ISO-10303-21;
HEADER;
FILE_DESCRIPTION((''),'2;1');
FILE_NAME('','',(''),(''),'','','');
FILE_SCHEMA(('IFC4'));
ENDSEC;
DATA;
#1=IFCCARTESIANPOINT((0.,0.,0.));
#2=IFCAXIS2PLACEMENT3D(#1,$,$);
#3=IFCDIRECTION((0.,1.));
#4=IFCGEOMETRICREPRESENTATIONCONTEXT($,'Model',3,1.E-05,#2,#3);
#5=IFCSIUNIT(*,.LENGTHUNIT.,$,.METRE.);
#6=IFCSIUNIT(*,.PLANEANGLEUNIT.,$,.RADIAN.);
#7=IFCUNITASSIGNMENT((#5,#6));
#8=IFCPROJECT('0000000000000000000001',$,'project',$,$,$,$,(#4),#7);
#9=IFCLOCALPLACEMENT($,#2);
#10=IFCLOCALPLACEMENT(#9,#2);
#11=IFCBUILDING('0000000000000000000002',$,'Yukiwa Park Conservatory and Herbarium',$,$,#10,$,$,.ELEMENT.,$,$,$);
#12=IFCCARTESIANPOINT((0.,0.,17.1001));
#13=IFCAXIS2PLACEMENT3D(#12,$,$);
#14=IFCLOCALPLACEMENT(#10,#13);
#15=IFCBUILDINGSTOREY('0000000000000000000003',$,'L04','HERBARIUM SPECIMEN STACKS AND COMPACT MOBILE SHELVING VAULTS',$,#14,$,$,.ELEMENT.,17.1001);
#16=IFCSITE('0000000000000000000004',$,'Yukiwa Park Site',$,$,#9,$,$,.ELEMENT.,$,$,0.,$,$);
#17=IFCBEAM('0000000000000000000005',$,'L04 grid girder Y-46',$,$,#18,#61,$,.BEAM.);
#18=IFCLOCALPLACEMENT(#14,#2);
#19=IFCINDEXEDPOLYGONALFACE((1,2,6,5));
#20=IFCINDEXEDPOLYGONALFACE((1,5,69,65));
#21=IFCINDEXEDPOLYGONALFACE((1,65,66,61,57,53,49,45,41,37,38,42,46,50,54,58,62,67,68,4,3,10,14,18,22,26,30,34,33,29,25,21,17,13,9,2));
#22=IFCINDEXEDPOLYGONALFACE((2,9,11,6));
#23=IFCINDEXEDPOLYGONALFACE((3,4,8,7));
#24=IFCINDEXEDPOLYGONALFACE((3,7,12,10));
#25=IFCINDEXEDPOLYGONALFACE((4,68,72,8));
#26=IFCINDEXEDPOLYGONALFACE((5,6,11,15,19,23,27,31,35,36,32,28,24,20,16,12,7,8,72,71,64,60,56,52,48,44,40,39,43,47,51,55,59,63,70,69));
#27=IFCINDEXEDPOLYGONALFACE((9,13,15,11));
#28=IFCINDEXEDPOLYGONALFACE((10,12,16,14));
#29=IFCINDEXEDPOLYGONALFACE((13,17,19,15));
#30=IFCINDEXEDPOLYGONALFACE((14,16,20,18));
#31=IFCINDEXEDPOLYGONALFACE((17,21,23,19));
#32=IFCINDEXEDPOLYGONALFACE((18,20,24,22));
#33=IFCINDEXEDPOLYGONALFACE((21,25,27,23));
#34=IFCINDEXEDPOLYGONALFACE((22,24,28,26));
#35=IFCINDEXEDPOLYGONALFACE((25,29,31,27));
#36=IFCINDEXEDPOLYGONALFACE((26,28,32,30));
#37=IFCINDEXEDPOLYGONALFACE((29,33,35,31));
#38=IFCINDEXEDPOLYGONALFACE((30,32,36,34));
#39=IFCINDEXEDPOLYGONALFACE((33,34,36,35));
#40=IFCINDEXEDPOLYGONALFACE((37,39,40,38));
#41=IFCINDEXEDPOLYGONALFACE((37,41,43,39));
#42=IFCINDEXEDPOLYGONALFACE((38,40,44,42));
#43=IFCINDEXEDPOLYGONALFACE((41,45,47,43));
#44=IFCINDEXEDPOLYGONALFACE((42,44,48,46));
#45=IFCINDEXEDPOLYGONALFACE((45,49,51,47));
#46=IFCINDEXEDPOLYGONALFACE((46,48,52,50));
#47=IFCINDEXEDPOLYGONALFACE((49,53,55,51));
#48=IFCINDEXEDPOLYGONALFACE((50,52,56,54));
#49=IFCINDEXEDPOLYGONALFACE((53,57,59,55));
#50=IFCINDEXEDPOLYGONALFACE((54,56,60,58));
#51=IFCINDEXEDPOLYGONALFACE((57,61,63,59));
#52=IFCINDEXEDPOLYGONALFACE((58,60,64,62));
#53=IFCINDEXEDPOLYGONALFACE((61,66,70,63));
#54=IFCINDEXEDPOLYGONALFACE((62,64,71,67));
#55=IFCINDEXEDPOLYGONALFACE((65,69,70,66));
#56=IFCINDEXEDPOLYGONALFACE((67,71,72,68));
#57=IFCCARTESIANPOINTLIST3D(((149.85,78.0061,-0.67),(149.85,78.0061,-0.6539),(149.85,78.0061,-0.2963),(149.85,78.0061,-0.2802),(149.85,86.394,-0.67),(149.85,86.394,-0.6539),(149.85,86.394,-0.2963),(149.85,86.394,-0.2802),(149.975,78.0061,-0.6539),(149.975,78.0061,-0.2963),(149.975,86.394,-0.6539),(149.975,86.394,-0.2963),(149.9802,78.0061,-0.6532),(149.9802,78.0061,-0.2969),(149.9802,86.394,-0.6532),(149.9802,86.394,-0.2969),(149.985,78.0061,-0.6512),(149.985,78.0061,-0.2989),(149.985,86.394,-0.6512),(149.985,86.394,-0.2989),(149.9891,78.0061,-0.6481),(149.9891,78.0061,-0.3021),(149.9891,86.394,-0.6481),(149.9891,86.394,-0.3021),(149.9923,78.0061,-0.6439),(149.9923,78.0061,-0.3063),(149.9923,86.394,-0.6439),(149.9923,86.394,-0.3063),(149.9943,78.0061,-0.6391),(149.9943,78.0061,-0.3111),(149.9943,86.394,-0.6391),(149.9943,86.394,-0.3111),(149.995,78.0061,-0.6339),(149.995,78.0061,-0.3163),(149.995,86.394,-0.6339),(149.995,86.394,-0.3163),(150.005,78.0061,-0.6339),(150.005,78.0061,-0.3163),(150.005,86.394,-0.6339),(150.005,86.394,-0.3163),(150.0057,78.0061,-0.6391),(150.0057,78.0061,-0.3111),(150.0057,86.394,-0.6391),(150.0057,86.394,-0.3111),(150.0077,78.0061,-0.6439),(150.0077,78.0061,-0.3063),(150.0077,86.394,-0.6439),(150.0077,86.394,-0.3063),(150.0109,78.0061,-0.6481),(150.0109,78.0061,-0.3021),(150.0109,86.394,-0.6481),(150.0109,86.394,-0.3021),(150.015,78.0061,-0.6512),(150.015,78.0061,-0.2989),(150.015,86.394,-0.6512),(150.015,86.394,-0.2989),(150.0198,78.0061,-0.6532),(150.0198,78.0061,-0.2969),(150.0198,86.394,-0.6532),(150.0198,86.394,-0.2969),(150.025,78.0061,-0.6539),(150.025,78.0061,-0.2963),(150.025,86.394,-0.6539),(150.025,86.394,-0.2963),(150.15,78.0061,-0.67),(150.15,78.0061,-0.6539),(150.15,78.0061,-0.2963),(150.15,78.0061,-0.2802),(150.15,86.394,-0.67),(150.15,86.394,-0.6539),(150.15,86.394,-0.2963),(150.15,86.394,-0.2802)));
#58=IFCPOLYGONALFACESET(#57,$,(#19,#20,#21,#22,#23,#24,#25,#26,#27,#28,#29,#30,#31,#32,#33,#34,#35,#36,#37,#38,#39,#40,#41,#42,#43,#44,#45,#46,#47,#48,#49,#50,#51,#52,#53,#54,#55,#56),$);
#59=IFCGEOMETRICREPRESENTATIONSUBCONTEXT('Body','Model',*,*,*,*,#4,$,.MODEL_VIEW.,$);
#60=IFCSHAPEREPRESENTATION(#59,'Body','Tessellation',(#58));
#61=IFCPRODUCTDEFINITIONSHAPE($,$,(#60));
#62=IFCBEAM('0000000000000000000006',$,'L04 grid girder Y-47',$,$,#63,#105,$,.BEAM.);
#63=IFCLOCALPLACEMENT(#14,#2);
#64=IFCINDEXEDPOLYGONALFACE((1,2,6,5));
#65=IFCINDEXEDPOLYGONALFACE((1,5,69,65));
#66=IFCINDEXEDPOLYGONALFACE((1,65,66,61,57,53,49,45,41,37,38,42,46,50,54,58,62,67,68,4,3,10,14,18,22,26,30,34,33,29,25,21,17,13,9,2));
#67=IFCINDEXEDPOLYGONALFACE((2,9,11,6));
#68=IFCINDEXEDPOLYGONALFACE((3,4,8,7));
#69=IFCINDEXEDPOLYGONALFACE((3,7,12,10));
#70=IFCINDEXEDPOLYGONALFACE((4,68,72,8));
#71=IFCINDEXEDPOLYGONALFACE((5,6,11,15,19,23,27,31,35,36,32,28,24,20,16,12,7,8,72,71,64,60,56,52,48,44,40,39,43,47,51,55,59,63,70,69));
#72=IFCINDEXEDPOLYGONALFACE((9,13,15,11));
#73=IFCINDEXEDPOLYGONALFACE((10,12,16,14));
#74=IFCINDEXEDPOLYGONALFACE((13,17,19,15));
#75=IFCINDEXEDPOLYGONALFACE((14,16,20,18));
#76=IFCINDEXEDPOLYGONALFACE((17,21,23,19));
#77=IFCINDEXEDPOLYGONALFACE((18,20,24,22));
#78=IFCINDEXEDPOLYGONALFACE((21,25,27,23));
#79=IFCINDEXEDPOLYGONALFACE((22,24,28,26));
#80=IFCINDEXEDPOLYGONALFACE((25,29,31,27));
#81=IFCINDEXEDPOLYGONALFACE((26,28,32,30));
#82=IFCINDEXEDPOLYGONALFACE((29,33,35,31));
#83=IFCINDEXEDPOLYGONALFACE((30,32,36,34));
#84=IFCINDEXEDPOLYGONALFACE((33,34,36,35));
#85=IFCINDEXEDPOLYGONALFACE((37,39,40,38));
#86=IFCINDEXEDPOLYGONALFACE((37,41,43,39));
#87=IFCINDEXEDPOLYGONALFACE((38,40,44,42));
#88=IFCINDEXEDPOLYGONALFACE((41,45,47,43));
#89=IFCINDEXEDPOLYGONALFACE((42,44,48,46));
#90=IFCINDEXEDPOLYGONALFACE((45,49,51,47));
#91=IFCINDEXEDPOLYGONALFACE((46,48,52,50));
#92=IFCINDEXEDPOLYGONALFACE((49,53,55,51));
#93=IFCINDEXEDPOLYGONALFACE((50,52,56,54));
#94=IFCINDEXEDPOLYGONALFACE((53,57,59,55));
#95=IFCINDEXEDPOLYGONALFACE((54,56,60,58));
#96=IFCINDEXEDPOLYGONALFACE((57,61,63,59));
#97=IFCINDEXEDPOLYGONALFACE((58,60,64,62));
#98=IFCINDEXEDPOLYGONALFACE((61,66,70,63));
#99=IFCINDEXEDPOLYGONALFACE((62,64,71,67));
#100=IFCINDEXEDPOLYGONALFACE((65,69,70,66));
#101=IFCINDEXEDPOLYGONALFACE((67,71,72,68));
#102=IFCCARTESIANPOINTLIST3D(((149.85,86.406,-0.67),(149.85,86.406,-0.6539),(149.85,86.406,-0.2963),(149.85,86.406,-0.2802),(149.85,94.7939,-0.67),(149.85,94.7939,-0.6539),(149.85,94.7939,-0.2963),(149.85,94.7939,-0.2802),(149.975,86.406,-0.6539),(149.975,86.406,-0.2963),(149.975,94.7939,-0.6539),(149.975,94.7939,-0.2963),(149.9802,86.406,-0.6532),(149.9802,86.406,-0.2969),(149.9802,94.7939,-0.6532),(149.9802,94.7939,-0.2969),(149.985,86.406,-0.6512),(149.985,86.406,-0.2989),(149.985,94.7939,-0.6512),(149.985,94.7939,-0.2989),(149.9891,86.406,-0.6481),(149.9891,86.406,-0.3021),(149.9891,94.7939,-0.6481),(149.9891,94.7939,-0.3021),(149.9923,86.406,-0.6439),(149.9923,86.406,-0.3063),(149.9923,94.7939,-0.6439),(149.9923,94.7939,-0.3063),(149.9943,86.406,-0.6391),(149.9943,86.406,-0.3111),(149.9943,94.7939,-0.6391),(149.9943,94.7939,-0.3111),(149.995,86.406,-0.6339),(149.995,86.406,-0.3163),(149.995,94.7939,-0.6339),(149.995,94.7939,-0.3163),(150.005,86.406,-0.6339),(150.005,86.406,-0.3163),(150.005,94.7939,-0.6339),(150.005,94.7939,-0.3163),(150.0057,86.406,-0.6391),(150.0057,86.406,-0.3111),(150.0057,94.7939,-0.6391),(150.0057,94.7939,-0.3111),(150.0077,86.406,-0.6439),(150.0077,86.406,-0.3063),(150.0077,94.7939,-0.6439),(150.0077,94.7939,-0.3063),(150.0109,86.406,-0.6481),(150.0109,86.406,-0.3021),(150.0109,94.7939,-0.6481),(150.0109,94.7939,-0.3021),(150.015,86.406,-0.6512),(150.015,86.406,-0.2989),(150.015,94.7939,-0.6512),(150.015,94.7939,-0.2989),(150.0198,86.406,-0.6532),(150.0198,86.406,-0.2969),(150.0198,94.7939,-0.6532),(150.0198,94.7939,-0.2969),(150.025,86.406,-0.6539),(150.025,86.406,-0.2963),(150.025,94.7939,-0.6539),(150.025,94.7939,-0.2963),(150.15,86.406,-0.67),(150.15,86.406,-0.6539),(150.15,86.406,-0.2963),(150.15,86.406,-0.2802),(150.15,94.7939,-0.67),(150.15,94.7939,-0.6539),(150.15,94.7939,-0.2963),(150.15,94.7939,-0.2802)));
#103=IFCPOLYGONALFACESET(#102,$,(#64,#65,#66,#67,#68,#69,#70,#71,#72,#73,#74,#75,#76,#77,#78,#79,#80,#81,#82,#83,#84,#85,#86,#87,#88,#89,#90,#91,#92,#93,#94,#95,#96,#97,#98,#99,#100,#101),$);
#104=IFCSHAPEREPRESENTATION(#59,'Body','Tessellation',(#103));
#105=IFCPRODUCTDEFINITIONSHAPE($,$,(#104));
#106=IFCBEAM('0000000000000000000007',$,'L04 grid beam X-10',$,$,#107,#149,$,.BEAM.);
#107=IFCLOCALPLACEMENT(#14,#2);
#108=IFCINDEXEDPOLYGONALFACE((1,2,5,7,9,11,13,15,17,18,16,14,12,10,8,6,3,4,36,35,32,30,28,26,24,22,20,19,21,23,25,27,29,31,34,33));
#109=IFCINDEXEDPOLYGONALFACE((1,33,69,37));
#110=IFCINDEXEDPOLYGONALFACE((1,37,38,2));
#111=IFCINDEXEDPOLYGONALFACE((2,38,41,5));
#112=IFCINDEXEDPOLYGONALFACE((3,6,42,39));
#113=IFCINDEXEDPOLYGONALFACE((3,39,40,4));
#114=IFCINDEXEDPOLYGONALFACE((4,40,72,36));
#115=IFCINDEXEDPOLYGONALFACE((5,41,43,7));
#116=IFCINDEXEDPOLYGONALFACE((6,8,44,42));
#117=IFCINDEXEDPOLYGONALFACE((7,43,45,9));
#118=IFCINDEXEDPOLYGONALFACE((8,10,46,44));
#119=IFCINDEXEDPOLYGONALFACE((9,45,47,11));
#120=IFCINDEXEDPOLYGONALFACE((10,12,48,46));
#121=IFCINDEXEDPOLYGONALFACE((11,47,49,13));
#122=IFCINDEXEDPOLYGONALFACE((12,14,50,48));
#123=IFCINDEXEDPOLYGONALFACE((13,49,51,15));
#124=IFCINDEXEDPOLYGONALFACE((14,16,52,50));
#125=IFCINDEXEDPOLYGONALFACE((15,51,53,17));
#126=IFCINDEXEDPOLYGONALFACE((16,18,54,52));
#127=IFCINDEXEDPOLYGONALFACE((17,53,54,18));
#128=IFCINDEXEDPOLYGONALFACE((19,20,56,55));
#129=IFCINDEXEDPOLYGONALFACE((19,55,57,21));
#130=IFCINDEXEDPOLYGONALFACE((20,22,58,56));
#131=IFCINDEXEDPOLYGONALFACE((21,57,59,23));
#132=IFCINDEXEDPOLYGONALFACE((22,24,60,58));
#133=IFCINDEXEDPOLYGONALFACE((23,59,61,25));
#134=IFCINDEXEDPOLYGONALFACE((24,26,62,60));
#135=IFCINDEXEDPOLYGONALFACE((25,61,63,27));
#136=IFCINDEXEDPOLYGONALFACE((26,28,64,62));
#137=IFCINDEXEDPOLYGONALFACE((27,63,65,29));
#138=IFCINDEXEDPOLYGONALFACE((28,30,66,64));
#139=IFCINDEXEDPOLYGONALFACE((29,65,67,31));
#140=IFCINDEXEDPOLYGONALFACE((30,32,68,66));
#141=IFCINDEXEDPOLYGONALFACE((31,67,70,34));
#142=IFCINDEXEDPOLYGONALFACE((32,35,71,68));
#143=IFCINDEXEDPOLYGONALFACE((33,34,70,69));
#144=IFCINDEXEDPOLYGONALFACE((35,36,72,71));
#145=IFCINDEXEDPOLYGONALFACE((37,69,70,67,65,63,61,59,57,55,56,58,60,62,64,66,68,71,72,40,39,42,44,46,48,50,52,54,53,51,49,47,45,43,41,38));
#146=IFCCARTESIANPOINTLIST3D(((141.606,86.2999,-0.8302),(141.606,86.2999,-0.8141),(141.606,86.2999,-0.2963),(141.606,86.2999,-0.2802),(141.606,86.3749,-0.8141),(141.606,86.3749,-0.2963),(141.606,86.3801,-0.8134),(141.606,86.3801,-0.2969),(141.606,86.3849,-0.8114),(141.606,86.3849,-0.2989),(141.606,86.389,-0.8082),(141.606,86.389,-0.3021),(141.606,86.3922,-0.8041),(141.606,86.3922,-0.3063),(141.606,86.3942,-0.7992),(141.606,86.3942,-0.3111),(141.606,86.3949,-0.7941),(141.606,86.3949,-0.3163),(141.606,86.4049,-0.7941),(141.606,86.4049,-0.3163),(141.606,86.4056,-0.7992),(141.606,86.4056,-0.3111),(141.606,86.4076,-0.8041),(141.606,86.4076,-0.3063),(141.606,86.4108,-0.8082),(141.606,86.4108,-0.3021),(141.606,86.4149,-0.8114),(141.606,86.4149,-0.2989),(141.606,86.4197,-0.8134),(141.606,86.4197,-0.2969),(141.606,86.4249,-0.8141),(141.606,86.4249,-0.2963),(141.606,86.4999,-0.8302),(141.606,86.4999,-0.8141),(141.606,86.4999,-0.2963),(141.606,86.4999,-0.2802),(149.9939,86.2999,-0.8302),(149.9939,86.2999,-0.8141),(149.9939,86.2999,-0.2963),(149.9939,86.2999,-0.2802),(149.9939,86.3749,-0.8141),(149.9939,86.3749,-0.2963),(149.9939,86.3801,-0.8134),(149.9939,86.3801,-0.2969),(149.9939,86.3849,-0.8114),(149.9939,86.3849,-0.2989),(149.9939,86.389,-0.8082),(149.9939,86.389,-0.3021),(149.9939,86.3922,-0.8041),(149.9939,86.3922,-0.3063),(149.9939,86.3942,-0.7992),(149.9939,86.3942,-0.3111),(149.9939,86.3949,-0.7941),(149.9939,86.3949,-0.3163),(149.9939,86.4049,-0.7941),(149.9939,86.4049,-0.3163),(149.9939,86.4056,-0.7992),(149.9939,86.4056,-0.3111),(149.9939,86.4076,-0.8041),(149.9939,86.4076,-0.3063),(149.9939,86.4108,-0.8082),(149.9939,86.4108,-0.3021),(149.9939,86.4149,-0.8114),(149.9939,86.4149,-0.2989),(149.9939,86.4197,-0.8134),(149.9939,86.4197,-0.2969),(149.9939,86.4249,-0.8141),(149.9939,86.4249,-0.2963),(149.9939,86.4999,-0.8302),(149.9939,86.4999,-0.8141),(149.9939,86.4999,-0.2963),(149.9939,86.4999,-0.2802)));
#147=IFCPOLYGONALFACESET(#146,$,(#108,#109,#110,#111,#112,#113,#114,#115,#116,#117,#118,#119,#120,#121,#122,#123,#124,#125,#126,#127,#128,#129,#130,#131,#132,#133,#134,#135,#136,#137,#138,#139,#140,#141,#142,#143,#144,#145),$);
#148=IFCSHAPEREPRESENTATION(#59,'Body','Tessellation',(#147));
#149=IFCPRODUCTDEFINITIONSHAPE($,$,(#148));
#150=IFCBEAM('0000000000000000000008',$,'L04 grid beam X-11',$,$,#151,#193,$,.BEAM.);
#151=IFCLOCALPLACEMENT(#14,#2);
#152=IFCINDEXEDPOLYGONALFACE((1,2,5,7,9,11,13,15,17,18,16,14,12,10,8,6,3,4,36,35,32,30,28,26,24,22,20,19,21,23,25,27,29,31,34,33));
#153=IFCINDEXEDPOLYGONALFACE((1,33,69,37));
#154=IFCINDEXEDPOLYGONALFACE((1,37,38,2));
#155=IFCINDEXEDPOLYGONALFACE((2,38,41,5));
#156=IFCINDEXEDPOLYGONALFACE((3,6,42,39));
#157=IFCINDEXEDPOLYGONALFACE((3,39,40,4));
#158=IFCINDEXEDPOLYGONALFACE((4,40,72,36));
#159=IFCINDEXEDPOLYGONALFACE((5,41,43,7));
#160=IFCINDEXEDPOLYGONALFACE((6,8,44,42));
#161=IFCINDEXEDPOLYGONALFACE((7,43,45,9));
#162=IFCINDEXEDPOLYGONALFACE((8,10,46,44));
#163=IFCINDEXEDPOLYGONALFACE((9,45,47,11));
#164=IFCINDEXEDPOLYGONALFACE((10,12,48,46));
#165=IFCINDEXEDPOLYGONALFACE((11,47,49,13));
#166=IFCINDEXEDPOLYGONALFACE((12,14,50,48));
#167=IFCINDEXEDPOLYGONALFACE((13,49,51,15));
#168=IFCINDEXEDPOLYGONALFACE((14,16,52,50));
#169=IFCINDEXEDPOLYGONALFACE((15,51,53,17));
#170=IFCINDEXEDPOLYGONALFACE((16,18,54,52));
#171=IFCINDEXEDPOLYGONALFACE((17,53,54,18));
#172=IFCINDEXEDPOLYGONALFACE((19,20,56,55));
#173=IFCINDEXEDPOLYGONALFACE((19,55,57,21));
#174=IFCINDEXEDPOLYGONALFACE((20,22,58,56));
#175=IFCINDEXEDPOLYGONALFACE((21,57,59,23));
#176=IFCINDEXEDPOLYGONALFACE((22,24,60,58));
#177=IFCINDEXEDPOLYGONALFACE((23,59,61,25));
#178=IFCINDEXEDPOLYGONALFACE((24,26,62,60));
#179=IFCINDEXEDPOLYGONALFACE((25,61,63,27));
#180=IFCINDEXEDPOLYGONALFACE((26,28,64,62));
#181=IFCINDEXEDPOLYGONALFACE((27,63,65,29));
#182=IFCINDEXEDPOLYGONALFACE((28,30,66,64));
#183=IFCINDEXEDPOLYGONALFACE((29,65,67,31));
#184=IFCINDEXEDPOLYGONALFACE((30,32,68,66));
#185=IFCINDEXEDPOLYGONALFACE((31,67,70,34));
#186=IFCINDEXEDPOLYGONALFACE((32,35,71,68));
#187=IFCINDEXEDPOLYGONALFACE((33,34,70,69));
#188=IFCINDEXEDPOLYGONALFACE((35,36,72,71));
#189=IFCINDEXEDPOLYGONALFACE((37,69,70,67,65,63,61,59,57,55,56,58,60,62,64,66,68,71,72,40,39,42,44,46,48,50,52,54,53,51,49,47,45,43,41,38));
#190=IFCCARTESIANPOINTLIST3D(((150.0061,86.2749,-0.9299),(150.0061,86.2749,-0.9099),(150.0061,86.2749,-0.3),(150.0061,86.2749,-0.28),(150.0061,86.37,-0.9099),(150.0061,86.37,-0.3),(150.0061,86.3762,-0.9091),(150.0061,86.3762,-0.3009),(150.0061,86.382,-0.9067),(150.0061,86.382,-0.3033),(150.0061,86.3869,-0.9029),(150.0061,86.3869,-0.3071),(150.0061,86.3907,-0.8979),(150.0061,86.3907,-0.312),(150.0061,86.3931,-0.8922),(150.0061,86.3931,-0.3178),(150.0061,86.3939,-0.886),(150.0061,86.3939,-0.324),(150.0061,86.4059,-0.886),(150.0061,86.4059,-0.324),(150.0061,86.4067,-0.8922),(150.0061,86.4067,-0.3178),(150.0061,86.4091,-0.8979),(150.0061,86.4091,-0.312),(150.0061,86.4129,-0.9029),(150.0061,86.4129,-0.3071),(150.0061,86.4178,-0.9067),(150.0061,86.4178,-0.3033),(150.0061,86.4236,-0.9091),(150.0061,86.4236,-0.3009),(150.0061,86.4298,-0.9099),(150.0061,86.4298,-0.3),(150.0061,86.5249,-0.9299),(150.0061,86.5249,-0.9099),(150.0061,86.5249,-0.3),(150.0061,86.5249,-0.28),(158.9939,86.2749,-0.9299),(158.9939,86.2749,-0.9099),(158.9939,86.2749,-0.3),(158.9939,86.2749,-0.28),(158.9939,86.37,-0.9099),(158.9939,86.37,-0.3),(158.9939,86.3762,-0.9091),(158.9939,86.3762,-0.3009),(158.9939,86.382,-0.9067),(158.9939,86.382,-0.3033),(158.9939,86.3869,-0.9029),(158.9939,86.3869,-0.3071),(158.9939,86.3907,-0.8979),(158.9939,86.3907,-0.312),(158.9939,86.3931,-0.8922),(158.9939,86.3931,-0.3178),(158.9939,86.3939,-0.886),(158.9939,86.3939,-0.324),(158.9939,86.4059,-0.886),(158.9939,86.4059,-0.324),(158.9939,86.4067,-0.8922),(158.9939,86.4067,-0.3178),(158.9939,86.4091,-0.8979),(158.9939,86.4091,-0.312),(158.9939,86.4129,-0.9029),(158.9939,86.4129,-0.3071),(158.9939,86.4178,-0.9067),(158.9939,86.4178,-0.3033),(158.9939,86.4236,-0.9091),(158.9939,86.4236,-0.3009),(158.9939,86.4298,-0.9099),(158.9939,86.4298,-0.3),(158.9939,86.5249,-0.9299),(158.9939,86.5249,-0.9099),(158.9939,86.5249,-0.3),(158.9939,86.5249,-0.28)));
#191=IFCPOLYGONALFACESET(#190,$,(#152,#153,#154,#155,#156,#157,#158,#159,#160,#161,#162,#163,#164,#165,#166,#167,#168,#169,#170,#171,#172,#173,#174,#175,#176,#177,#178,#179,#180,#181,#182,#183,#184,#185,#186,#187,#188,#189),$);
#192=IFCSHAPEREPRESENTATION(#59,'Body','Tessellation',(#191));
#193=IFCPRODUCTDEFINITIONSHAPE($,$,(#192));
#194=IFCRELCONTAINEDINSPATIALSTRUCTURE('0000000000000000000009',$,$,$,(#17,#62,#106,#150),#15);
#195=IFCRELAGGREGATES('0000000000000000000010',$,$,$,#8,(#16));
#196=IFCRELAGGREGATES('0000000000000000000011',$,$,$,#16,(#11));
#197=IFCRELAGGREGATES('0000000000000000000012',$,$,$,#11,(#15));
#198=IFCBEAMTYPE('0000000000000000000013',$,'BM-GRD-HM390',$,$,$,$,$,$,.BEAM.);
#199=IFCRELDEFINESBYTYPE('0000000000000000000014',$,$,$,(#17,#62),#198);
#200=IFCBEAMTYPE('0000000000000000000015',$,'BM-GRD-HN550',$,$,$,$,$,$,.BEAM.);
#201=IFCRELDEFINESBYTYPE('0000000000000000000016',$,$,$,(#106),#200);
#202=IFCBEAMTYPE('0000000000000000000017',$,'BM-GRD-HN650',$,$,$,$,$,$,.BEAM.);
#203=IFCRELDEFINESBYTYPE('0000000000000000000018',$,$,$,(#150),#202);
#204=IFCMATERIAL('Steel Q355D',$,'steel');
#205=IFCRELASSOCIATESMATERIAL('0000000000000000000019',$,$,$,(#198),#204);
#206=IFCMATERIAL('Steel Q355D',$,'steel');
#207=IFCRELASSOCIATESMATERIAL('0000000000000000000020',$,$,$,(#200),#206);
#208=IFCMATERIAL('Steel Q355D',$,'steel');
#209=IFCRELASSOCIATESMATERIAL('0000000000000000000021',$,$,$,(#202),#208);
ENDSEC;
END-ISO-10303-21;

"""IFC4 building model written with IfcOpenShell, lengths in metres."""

from ifc_helpers import new_model, si_unit, direction, frame, origin, origin_2d, place, context, subcontext, project, spatial, i_section, extrude, material, material_profile, profile_set, type_object, element, save


model = new_model("IFC4")

# Units and contexts
model_context = context("Model", 3, precision=1e-05, world=origin(), true_north=direction((0.0, 1.0)))
body_context = subcontext(model_context, "Body", "Model", "MODEL_VIEW")
ifc_project = project(units=[si_unit("LENGTHUNIT", "METRE"), si_unit("PLANEANGLEUNIT", "RADIAN")], contexts=[model_context])

# Site, building, storey
site_placement = place(None, origin())
site = spatial("IfcSite", under=ifc_project, at=site_placement, Name="Yukiwa Park Site", CompositionType="ELEMENT", RefElevation=0.0)
building_placement = place(site_placement, origin())
building = spatial("IfcBuilding", under=site, at=building_placement, Name="Yukiwa Park Conservatory and Herbarium", CompositionType="ELEMENT")
storey_placement = place(building_placement, frame((0.0, 0.0, 17.1001)))
storey = spatial("IfcBuildingStorey", under=building, at=storey_placement, Name="L04", Description="HERBARIUM SPECIMEN STACKS AND COMPACT MOBILE SHELVING VAULTS", CompositionType="ELEMENT", Elevation=17.1001)

# Beams
ifc_material_1 = material(Name="Steel Q355D", Category="steel")
ifc_material_profile_1 = material_profile(ifc_material_1, i_section(OverallWidth=0.3, OverallDepth=0.3899, WebThickness=0.01, FlangeThickness=0.0161, FilletRadius=0.02, at=origin_2d()), Name="HM 390x300x10x16")
ifc_profile_set_1 = profile_set([ifc_material_profile_1], Name="Steel Q355D")
beam_type_1 = type_object("IfcBeamType", Name="BM-GRD-HM390", PredefinedType="BEAM", material=ifc_profile_set_1)
for number, where, z_axis, x_axis, name in (
    (1, (150.0, 78.0061, -0.4751), (0.0, 1.0, 0.0), (-1.0, 0.0, 0.0), "L04 grid girder Y-46"),
    (2, (150.0, 86.406, -0.4751), (0.0, 1.0, 0.0), (-1.0, 0.0, 0.0), "L04 grid girder Y-47"),
):
    element("IfcBeam", number, at=place(storey_placement, frame(where, z_axis=z_axis, x_axis=x_axis)), inside=storey, type_object=beam_type_1, Name=name, PredefinedType="BEAM", context=body_context, shape_type="SweptSolid", body=[
        extrude(i_section(OverallWidth=0.3, OverallDepth=0.3899, WebThickness=0.01, FlangeThickness=0.0161, FilletRadius=0.02, at=origin_2d()), origin(), (0.0, 0.0, 1.0), 8.3879),
    ])
ifc_material_2 = material(Name="Steel Q355D", Category="steel")
ifc_material_profile_2 = material_profile(ifc_material_2, i_section(OverallWidth=0.2, OverallDepth=0.55, WebThickness=0.01, FlangeThickness=0.0161, FilletRadius=0.02, at=origin_2d()), Name="HN 550x200x10x16")
ifc_profile_set_2 = profile_set([ifc_material_profile_2], Name="Steel Q355D")
beam_type_2 = type_object("IfcBeamType", Name="BM-GRD-HN550", PredefinedType="BEAM", material=ifc_profile_set_2)
beam_1_placement = place(storey_placement, frame((141.606, 86.3999, -0.5552), z_axis=(1.0, 0.0, 0.0), x_axis=(0.0, 1.0, 0.0)))
element("IfcBeam", 3, at=beam_1_placement, inside=storey, type_object=beam_type_2, Name="L04 grid beam X-10", PredefinedType="BEAM", context=body_context, shape_type="SweptSolid", body=[
    extrude(i_section(OverallWidth=0.2, OverallDepth=0.55, WebThickness=0.01, FlangeThickness=0.0161, FilletRadius=0.02, at=origin_2d()), origin(), (0.0, 0.0, 1.0), 8.3879),
])
ifc_material_3 = material(Name="Steel Q355D", Category="steel")
ifc_material_profile_3 = material_profile(ifc_material_3, i_section(OverallWidth=0.25, OverallDepth=0.6499, WebThickness=0.012, FlangeThickness=0.02, FilletRadius=0.0239, at=origin_2d()), Name="HN 650x250x12x20")
ifc_profile_set_3 = profile_set([ifc_material_profile_3], Name="Steel Q355D")
beam_type_3 = type_object("IfcBeamType", Name="BM-GRD-HN650", PredefinedType="BEAM", material=ifc_profile_set_3)
beam_2_placement = place(storey_placement, frame((150.0061, 86.3999, -0.605), z_axis=(1.0, 0.0, 0.0), x_axis=(0.0, 1.0, 0.0)))
element("IfcBeam", 4, at=beam_2_placement, inside=storey, type_object=beam_type_3, Name="L04 grid beam X-11", PredefinedType="BEAM", context=body_context, shape_type="SweptSolid", body=[
    extrude(i_section(OverallWidth=0.25, OverallDepth=0.6499, WebThickness=0.012, FlangeThickness=0.02, FilletRadius=0.0239, at=origin_2d()), origin(), (0.0, 0.0, 1.0), 8.9878),
])

save(model, "model.ifc")
